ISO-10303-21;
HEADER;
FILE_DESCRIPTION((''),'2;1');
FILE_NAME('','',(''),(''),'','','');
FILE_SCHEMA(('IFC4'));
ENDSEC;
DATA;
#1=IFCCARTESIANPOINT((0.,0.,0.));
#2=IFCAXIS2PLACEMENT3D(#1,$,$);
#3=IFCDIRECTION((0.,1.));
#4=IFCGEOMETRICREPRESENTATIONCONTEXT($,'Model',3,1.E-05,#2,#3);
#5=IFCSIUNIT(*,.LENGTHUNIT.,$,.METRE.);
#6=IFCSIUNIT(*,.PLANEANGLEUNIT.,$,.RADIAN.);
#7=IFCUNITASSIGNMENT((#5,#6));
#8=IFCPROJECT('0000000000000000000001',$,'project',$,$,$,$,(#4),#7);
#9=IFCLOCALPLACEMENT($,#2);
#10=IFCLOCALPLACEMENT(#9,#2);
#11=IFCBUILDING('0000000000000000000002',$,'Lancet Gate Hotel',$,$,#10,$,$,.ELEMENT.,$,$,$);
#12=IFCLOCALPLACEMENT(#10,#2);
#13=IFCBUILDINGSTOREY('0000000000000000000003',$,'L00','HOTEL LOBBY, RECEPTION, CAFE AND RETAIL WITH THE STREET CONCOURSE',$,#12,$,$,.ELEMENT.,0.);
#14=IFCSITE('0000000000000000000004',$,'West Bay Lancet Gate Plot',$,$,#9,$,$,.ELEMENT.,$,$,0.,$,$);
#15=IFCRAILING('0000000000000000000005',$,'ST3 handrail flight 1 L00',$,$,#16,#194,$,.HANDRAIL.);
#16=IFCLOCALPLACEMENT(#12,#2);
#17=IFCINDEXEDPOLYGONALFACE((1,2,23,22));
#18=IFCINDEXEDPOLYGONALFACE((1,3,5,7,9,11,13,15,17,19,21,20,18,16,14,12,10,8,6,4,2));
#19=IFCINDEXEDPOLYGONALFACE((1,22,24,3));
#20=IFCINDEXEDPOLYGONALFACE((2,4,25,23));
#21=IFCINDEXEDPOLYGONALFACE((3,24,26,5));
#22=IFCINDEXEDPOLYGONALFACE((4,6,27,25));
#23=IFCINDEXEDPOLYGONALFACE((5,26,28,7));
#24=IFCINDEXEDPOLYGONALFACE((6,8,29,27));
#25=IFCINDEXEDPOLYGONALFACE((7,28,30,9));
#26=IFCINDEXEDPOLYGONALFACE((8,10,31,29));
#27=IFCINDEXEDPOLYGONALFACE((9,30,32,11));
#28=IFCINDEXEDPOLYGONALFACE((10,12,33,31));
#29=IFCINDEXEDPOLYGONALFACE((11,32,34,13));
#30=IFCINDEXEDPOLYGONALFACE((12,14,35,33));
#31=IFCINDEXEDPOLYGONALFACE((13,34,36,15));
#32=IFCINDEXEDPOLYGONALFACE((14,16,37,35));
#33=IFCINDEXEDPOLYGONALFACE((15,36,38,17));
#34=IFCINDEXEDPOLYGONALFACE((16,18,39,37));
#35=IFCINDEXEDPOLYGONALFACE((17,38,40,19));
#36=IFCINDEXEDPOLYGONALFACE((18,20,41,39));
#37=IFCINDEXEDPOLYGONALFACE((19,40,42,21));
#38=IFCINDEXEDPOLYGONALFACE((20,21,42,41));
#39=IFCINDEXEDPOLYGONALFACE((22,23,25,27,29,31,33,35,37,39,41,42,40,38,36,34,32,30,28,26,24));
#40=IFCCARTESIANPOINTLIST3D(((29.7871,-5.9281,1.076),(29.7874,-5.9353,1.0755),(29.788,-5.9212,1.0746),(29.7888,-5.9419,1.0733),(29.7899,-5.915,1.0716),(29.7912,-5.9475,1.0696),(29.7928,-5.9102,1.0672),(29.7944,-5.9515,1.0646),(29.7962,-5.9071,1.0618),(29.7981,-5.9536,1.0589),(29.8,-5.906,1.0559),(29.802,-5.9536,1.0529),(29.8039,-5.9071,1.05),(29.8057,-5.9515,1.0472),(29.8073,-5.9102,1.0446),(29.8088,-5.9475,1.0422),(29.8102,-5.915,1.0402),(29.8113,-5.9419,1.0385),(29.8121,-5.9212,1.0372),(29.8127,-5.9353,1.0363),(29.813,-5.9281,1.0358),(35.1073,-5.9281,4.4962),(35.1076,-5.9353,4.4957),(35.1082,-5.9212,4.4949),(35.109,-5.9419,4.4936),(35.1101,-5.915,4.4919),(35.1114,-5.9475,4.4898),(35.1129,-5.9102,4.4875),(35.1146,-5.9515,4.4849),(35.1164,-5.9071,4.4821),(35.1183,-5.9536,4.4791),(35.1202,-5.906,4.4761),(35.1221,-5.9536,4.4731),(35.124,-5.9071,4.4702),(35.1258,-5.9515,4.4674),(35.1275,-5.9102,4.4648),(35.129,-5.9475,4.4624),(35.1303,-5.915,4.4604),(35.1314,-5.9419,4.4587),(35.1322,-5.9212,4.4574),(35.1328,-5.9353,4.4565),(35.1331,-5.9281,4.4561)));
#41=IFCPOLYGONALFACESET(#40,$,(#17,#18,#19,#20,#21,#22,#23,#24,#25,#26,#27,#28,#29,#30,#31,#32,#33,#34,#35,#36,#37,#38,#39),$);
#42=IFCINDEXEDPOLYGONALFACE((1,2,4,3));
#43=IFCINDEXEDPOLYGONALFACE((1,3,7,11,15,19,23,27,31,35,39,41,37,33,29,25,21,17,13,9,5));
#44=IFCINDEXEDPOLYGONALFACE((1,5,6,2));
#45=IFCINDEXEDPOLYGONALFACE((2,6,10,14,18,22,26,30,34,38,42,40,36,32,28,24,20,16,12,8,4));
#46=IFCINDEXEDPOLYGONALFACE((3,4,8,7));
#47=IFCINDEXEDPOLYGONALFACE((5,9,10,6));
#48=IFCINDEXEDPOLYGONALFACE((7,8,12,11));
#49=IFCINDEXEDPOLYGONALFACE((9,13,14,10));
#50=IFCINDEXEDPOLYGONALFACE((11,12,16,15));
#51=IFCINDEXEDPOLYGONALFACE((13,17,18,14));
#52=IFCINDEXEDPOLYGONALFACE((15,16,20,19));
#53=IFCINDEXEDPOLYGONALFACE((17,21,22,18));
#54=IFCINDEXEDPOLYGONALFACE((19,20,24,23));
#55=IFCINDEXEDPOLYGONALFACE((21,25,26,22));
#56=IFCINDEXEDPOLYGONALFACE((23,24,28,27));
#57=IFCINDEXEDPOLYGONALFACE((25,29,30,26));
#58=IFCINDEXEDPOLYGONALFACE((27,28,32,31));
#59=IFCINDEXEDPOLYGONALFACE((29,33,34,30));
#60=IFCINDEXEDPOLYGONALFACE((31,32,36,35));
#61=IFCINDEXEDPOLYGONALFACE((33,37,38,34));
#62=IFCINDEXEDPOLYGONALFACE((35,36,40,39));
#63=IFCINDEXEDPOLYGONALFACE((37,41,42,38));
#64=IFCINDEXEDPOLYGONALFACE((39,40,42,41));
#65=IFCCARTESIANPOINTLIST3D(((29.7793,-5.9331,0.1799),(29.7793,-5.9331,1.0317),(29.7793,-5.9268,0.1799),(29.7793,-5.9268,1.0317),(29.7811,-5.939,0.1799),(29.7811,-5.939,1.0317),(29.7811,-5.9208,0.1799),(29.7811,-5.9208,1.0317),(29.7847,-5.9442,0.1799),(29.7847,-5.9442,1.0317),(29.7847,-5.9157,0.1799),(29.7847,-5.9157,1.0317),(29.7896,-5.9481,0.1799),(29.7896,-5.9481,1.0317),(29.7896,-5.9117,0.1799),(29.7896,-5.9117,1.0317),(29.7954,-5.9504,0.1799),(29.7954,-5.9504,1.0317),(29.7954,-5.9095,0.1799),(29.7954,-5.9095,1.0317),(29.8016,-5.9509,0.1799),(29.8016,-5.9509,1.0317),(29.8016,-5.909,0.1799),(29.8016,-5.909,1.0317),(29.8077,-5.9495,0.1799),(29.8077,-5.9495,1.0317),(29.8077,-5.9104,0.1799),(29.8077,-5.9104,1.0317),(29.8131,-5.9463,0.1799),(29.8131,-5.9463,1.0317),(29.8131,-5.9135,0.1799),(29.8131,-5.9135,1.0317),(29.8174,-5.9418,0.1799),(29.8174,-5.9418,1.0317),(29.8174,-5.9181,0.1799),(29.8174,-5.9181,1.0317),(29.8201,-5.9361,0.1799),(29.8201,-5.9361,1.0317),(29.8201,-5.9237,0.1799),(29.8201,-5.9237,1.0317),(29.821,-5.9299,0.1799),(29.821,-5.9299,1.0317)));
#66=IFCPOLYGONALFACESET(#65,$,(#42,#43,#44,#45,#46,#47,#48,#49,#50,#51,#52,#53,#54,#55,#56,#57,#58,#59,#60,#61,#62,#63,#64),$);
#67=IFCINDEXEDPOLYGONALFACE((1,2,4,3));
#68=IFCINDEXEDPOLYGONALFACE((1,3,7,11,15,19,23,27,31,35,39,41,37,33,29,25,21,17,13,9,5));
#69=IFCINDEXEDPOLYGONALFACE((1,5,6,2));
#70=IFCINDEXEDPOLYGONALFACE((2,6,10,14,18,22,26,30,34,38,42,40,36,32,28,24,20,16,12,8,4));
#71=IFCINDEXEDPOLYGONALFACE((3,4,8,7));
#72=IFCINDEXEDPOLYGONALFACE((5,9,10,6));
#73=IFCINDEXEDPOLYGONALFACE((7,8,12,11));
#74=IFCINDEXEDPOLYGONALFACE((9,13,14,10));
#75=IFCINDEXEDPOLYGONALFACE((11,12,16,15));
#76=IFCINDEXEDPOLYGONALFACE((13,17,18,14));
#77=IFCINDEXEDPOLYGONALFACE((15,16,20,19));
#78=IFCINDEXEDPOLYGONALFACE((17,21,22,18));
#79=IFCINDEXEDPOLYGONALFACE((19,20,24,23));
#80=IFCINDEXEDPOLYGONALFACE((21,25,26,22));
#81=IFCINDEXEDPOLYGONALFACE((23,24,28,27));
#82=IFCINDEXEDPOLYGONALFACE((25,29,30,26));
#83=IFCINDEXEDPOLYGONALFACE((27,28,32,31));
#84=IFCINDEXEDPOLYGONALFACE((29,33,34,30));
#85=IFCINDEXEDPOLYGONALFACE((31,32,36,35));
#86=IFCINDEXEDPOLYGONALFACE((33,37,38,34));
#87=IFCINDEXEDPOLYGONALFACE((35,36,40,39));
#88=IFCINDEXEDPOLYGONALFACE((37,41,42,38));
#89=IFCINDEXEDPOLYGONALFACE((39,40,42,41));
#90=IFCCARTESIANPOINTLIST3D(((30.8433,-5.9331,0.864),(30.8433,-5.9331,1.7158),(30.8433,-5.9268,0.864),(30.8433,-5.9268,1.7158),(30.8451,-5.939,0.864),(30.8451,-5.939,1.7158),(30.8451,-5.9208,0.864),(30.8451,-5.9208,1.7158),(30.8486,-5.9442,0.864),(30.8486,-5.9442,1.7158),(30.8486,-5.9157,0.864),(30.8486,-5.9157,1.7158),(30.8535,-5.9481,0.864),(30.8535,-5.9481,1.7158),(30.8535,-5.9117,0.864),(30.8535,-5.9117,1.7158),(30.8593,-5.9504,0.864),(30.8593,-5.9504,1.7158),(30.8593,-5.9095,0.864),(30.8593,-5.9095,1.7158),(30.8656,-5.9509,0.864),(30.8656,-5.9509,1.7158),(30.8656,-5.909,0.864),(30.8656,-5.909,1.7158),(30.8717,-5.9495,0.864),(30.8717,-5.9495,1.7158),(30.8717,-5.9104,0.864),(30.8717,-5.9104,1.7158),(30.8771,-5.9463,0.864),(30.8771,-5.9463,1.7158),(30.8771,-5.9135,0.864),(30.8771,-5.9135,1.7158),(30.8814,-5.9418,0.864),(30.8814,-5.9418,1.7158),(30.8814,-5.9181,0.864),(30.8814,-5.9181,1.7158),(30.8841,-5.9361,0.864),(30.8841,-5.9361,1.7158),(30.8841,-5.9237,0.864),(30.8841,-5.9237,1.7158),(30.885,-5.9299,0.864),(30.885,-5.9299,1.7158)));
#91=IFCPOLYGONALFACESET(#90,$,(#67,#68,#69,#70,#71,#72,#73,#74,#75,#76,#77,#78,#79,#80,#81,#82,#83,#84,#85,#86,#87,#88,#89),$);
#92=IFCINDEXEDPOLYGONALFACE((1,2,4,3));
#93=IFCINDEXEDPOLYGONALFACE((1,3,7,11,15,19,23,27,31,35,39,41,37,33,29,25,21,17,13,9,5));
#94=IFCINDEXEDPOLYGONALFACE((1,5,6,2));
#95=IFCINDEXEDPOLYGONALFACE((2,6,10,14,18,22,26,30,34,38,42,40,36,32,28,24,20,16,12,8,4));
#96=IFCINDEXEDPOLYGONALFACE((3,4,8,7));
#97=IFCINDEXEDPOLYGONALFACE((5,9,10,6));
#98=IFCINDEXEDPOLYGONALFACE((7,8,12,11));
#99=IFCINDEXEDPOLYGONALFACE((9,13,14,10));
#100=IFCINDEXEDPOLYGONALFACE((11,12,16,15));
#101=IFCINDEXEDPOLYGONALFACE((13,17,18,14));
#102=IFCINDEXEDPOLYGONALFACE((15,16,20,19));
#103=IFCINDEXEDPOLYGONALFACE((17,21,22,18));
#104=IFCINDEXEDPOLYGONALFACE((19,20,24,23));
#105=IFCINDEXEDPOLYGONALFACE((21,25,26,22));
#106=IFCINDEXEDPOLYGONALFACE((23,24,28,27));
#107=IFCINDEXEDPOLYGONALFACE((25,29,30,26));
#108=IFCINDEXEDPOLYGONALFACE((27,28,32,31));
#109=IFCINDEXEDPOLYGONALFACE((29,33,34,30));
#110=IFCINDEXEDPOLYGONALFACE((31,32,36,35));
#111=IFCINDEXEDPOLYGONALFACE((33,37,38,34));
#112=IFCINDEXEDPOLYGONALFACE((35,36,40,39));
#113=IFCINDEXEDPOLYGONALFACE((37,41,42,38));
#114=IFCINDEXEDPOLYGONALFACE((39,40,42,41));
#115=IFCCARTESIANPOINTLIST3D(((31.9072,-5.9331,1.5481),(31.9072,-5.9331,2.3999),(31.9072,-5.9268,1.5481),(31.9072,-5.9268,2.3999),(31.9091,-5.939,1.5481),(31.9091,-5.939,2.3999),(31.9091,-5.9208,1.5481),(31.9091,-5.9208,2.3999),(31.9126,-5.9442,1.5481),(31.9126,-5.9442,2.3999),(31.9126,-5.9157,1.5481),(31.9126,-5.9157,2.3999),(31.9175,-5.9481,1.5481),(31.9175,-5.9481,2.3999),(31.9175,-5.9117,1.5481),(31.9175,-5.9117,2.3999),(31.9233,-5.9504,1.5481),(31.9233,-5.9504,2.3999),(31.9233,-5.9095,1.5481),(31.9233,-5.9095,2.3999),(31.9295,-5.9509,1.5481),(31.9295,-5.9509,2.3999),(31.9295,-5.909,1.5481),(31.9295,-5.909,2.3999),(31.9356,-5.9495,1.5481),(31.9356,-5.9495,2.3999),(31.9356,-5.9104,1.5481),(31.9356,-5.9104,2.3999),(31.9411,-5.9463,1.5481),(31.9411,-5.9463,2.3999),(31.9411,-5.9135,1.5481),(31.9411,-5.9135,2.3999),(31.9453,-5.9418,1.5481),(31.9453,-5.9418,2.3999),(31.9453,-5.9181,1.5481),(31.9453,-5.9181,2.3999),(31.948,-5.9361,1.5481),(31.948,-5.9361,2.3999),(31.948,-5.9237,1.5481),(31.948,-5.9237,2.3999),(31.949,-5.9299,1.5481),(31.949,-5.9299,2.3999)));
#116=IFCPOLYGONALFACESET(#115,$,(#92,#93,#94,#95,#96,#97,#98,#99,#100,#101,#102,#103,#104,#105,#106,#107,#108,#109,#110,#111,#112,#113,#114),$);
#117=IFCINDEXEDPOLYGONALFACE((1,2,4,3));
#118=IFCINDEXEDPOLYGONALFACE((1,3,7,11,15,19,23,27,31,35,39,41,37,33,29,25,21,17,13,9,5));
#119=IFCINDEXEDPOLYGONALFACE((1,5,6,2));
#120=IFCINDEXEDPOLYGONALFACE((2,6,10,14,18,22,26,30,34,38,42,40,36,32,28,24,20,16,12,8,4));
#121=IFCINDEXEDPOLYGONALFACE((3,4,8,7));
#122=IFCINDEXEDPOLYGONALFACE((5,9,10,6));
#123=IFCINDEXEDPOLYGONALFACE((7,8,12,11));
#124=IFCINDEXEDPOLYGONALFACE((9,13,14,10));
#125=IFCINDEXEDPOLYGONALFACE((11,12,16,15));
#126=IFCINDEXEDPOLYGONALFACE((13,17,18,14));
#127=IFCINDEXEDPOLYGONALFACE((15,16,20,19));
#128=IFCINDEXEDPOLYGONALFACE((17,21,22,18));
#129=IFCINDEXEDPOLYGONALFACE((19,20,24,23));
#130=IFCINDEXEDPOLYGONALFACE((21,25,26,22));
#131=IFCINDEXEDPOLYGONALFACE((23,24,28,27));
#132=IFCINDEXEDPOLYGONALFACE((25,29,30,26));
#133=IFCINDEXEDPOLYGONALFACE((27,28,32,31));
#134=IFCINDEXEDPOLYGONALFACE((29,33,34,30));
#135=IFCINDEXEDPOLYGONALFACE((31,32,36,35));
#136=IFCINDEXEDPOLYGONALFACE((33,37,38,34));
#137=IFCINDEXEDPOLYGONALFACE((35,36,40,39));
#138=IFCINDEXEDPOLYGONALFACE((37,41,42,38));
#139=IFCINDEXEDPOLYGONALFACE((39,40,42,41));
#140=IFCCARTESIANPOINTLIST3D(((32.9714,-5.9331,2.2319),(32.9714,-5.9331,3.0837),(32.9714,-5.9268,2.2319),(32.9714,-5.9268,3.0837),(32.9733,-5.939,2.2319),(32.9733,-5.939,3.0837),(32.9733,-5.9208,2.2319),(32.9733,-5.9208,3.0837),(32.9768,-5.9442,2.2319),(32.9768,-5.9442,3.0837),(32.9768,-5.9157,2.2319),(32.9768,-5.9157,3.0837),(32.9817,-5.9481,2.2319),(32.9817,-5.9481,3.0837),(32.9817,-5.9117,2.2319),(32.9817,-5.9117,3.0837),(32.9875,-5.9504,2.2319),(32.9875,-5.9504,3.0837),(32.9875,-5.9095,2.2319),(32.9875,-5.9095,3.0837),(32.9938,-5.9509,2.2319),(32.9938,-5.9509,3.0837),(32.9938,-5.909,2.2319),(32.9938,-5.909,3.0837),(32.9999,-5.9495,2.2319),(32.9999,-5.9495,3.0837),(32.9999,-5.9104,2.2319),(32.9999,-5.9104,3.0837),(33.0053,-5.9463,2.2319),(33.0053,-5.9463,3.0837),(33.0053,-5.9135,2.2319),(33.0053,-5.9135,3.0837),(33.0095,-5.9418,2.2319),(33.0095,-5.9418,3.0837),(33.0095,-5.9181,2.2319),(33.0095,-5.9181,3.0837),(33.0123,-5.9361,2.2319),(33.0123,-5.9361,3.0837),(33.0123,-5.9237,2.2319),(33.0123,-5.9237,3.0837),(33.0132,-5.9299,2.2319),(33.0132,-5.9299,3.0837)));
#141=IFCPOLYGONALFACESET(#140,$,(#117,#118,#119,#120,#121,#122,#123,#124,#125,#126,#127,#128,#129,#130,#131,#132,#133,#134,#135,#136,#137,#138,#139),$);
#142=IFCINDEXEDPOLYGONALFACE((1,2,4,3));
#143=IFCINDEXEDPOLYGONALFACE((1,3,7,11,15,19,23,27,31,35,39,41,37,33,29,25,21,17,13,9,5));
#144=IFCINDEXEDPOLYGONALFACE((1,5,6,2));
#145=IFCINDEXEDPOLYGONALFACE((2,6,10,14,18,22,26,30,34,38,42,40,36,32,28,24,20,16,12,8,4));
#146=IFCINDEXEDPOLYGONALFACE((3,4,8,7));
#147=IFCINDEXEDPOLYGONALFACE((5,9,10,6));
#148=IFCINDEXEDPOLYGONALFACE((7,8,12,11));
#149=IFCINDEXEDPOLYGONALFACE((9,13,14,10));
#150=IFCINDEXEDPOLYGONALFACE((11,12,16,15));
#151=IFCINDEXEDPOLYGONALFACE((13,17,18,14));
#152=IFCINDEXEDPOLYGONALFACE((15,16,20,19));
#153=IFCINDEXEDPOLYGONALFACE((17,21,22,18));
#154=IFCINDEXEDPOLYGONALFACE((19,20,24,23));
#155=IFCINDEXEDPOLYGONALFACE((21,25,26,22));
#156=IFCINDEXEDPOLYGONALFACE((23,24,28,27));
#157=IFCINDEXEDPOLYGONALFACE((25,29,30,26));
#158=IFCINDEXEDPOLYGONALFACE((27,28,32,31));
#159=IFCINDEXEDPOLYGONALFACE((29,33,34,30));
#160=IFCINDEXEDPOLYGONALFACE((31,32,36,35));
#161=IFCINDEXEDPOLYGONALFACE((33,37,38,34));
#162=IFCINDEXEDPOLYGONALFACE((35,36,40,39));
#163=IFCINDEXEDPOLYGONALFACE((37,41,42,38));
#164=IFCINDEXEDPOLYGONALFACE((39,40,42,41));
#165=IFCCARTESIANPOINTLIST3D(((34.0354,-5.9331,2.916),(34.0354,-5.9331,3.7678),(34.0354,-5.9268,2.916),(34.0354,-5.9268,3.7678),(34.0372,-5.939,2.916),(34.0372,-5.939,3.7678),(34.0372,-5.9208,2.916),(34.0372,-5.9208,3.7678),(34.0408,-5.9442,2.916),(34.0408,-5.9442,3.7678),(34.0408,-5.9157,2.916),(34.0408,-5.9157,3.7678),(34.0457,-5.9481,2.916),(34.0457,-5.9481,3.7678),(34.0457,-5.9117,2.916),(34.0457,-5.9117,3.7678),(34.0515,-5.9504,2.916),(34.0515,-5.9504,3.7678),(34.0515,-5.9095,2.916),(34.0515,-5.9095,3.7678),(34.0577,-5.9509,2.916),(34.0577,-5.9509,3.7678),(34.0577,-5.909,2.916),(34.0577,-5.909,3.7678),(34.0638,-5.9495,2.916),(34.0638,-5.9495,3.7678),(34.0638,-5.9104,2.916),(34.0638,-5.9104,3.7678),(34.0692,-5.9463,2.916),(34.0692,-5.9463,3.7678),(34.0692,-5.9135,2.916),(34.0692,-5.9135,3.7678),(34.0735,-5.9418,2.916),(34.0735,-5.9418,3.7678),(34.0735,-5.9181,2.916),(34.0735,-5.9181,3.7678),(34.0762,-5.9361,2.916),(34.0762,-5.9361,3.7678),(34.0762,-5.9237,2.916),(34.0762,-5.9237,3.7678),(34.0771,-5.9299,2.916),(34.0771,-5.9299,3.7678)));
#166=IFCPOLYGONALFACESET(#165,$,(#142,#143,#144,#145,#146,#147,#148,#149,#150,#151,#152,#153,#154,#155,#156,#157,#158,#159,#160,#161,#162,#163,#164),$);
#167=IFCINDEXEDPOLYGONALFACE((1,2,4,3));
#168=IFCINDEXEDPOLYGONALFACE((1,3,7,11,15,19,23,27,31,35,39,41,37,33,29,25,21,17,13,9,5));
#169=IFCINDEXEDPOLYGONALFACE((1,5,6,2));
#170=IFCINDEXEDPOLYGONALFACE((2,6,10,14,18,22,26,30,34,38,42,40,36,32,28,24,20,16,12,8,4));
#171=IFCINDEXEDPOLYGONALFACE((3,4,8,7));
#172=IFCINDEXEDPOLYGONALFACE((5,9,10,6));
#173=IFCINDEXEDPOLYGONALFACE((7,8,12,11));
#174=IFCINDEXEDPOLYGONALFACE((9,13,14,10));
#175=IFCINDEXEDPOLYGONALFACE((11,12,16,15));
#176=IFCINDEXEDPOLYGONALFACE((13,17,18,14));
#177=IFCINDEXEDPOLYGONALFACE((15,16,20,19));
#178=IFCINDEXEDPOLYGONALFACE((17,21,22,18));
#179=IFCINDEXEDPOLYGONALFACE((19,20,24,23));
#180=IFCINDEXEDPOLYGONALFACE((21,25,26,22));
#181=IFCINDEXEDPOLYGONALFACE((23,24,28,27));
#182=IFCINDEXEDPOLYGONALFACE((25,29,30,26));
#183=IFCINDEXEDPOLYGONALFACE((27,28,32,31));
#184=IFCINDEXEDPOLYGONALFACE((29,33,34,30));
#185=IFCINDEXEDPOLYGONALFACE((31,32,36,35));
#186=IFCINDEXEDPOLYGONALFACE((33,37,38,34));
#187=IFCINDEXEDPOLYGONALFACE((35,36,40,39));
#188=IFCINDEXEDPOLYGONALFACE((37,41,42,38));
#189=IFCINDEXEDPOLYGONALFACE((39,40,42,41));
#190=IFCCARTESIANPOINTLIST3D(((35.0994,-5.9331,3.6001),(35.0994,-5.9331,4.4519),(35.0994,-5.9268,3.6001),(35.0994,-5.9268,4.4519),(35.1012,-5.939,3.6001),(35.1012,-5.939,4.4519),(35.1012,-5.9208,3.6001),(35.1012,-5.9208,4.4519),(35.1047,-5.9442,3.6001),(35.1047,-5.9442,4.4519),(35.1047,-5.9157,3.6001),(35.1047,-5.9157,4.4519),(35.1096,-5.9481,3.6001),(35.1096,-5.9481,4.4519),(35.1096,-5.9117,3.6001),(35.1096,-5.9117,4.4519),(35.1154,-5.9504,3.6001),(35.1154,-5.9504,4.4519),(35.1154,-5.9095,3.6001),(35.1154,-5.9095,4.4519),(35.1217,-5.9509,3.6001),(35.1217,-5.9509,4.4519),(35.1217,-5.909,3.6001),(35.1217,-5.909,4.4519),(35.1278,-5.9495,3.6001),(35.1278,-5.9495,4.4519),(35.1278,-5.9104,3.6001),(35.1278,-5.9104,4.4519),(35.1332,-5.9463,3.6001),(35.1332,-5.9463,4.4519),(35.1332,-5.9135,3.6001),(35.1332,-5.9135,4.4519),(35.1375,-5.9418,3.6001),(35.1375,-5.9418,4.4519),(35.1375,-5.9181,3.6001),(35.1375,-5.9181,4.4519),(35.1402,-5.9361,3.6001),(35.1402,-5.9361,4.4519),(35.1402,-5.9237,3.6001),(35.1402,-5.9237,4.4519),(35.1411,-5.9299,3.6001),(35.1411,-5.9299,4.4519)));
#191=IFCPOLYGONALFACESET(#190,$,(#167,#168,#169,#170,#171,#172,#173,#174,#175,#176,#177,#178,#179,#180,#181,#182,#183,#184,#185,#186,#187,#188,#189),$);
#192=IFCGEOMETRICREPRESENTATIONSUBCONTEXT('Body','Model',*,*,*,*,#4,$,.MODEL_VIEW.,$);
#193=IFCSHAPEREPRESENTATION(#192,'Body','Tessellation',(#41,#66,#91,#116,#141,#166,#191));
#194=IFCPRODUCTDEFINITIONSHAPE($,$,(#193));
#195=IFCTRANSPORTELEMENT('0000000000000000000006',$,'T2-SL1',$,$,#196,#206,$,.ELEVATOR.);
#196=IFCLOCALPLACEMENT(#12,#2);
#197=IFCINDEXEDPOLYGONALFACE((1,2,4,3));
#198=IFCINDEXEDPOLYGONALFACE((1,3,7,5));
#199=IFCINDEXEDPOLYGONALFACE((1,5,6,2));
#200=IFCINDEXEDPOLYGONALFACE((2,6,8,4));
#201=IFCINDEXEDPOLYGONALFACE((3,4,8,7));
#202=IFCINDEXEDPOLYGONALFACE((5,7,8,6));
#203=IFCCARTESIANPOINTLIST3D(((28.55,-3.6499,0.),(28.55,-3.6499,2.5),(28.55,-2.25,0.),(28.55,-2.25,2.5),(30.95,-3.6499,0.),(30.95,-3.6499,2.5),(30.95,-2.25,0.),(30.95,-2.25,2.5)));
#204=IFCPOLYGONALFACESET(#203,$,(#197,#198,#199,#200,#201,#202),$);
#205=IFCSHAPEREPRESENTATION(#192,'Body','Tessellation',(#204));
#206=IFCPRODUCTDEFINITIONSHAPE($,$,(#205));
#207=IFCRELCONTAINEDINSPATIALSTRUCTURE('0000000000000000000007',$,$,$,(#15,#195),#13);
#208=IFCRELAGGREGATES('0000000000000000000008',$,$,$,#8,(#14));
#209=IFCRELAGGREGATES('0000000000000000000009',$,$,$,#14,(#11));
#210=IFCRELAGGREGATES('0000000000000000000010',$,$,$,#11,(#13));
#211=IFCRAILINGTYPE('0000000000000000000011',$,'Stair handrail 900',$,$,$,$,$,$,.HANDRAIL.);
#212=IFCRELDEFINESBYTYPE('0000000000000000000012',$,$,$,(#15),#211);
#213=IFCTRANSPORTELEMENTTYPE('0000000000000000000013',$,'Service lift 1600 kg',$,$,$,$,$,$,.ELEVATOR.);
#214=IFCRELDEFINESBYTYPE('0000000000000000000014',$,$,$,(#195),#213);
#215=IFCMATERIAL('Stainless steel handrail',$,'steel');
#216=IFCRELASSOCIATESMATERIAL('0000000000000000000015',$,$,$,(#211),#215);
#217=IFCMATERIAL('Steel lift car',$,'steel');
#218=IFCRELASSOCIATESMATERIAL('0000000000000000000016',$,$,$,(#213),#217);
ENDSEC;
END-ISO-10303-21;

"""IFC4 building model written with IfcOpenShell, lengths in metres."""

from ifc_helpers import new_model, si_unit, direction, frame, origin, origin_2d, place, context, subcontext, project, spatial, rectangle, circle, extrude, material, type_object, element, save


model = new_model("IFC4")

# Units and contexts
model_context = context("Model", 3, precision=1e-05, world=origin(), true_north=direction((0.0, 1.0)))
body_context = subcontext(model_context, "Body", "Model", "MODEL_VIEW")
ifc_project = project(units=[si_unit("LENGTHUNIT", "METRE"), si_unit("PLANEANGLEUNIT", "RADIAN")], contexts=[model_context])

# Site, building, storey
site_placement = place(None, origin())
site = spatial("IfcSite", under=ifc_project, at=site_placement, Name="West Bay Lancet Gate Plot", CompositionType="ELEMENT", RefElevation=0.0)
building_placement = place(site_placement, origin())
building = spatial("IfcBuilding", under=site, at=building_placement, Name="Lancet Gate Hotel", CompositionType="ELEMENT")
storey_placement = place(building_placement, origin())
storey = spatial("IfcBuildingStorey", under=building, at=storey_placement, Name="L00", Description="HOTEL LOBBY, RECEPTION, CAFE AND RETAIL WITH THE STREET CONCOURSE", CompositionType="ELEMENT", Elevation=0.0)

# Railing
ifc_material_1 = material(Name="Stainless steel handrail", Category="steel")
railing_type_1 = type_object("IfcRailingType", Name="Stair handrail 900", PredefinedType="HANDRAIL", material=ifc_material_1)
railing_1_placement = place(storey_placement, frame((29.8, -5.9299, 0.1799)))
element("IfcRailing", 1, at=railing_1_placement, inside=storey, type_object=railing_type_1, Name="ST3 handrail flight 1 L00", PredefinedType="HANDRAIL", context=body_context, shape_type="SweptSolid", body=[
    extrude(circle(Radius=0.0239, at=origin_2d()), frame((0.0, 0.0, 0.876), z_axis=(0.84117, 0.0, 0.540771), x_axis=(0.0, 1.0, 0.0)), (0.0, 0.0, 1.0), 6.3247),
    extrude(circle(Radius=0.021, at=origin_2d()), origin(), (0.0, 0.0, 1.0), 0.8518),
    extrude(circle(Radius=0.021, at=origin_2d()), frame((1.064, 0.0, 0.6841)), (0.0, 0.0, 1.0), 0.8518),
    extrude(circle(Radius=0.021, at=origin_2d()), frame((2.1279, 0.0, 1.3682)), (0.0, 0.0, 1.0), 0.8518),
    extrude(circle(Radius=0.021, at=origin_2d()), frame((3.1921, 0.0, 2.052)), (0.0, 0.0, 1.0), 0.8518),
    extrude(circle(Radius=0.021, at=origin_2d()), frame((4.2561, 0.0, 2.7361)), (0.0, 0.0, 1.0), 0.8518),
    extrude(circle(Radius=0.021, at=origin_2d()), frame((5.3201, 0.0, 3.4202)), (0.0, 0.0, 1.0), 0.8518),
])

# Transport element
ifc_material_2 = material(Name="Steel lift car", Category="steel")
transport_element_type = type_object("IfcTransportElementType", Name="Service lift 1600 kg", PredefinedType="ELEVATOR", material=ifc_material_2)
transport_element_placement = place(storey_placement, frame((29.75, -2.95, 0.0), z_axis=(0.0, 0.0, 1.0), x_axis=(1.0, 0.0, 0.0)))
element("IfcTransportElement", 2, at=transport_element_placement, inside=storey, type_object=transport_element_type, Name="T2-SL1", PredefinedType="ELEVATOR", context=body_context, shape_type="SweptSolid", body=[
    extrude(rectangle(XDim=2.3999, YDim=1.3999, at=origin_2d()), origin(), (0.0, 0.0, 1.0), 2.5),
])

save(model, "model.ifc")
